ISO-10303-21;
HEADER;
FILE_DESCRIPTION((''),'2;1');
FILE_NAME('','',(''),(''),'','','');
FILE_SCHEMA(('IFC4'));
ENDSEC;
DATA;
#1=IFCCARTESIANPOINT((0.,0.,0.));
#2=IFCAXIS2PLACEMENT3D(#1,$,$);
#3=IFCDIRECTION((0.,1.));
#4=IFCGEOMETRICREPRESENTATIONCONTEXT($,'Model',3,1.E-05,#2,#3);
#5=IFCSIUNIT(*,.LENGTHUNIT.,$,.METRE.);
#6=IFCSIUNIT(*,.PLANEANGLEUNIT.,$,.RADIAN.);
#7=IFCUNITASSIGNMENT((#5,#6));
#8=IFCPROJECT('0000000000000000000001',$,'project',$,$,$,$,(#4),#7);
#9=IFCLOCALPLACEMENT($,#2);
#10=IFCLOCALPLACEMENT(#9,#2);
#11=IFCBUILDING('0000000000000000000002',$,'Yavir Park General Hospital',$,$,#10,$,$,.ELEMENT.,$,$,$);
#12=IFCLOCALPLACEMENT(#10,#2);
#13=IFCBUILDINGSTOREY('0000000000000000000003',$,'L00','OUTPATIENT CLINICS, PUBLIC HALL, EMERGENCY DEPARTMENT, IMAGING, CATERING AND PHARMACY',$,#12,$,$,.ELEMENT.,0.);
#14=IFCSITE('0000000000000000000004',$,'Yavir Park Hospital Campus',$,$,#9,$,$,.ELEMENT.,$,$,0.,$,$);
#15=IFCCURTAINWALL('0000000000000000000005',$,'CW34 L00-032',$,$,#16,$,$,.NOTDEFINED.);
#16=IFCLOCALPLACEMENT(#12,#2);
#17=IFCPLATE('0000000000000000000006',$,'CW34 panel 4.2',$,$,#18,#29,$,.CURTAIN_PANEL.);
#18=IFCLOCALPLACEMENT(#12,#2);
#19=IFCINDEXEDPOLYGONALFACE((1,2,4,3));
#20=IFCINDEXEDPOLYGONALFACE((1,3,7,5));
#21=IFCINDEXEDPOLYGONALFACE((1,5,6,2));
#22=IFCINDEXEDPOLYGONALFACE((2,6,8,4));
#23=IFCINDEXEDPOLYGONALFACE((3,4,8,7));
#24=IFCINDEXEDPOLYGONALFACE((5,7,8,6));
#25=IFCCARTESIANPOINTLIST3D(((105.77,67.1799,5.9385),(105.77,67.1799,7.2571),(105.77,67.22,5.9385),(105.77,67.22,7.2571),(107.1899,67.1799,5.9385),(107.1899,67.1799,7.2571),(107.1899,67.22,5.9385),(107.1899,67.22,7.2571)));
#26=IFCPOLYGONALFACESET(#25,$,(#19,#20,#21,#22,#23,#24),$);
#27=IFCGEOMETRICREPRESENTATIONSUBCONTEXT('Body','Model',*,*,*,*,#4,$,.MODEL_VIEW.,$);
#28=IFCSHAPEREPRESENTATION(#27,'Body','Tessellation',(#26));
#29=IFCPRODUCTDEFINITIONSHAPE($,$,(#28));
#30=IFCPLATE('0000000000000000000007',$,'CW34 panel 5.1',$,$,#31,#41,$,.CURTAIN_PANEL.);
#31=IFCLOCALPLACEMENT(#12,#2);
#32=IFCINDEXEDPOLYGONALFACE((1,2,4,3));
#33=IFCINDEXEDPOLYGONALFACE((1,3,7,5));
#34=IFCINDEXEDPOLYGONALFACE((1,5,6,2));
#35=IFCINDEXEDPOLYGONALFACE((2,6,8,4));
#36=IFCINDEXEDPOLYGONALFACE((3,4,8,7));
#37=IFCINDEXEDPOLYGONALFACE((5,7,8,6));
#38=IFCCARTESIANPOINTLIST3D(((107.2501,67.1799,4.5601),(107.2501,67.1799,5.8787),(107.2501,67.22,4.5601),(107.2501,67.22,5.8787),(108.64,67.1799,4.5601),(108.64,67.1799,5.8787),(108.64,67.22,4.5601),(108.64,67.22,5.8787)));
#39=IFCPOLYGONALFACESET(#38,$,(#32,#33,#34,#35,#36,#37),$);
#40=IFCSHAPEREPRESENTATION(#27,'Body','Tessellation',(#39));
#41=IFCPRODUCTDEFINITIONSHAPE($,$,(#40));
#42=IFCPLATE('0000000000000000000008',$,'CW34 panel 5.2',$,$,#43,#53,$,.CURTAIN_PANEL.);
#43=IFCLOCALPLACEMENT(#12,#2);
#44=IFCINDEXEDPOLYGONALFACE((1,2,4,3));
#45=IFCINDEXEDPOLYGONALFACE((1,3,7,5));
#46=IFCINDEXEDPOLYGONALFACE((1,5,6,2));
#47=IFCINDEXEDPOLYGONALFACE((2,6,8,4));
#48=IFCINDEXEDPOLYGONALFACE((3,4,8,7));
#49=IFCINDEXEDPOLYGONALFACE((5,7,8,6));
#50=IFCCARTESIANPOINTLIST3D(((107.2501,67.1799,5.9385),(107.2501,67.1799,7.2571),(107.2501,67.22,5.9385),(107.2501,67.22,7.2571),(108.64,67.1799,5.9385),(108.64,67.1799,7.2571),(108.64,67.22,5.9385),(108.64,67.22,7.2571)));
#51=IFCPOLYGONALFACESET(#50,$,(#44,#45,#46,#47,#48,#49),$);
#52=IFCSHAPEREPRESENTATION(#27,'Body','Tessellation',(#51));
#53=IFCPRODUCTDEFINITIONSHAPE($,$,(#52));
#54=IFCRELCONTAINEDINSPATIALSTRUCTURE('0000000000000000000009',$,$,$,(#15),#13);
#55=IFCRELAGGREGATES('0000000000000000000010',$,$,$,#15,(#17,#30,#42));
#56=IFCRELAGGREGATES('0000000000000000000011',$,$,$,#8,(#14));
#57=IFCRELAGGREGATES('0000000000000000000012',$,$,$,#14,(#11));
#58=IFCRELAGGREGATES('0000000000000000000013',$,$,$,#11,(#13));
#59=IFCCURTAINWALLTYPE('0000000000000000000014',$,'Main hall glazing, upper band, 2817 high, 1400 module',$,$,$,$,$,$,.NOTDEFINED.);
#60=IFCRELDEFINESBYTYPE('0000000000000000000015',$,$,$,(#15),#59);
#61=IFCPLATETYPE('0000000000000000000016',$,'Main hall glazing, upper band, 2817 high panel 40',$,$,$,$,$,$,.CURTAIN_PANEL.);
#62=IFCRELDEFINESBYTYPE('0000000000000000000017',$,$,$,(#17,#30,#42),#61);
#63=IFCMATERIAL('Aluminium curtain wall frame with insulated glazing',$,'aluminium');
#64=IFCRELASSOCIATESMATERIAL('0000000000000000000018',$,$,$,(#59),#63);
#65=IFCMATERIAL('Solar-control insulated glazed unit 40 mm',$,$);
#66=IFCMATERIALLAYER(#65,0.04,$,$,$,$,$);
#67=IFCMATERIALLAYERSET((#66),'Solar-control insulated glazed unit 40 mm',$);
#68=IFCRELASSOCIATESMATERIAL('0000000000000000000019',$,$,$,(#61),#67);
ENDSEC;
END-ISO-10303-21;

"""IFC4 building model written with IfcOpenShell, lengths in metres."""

from ifc_helpers import new_model, si_unit, direction, frame, origin, origin_2d, place, context, subcontext, project, spatial, rectangle, extrude, material, layer, layer_set, type_object, element, aggregate, save


model = new_model("IFC4")

# Units and contexts
model_context = context("Model", 3, precision=1e-05, world=origin(), true_north=direction((0.0, 1.0)))
body_context = subcontext(model_context, "Body", "Model", "MODEL_VIEW")
ifc_project = project(units=[si_unit("LENGTHUNIT", "METRE"), si_unit("PLANEANGLEUNIT", "RADIAN")], contexts=[model_context])

# Site, building, storey
site_placement = place(None, origin())
site = spatial("IfcSite", under=ifc_project, at=site_placement, Name="Yavir Park Hospital Campus", CompositionType="ELEMENT", RefElevation=0.0)
building_placement = place(site_placement, origin())
building = spatial("IfcBuilding", under=site, at=building_placement, Name="Yavir Park General Hospital", CompositionType="ELEMENT")
storey_placement = place(building_placement, origin())
storey = spatial("IfcBuildingStorey", under=building, at=storey_placement, Name="L00", Description="OUTPATIENT CLINICS, PUBLIC HALL, EMERGENCY DEPARTMENT, IMAGING, CATERING AND PHARMACY", CompositionType="ELEMENT", Elevation=0.0)

# Curtain wall
ifc_material_1 = material(Name="Aluminium curtain wall frame with insulated glazing", Category="aluminium")
curtain_wall_type_1 = type_object("IfcCurtainWallType", Name="Main hall glazing, upper band, 2817 high, 1400 module", PredefinedType="NOTDEFINED", material=ifc_material_1)
curtain_wall_1_placement = place(storey_placement, origin())
curtain_wall_1 = element("IfcCurtainWall", 1, at=curtain_wall_1_placement, inside=storey, type_object=curtain_wall_type_1, Name="CW34 L00-032", PredefinedType="NOTDEFINED")

# Plates
ifc_material_2 = material(Name="Solar-control insulated glazed unit 40 mm")
ifc_layer_1 = layer(ifc_material_2, 0.04)
ifc_layer_set_1 = layer_set([ifc_layer_1], Name="Solar-control insulated glazed unit 40 mm")
plate_type_1 = type_object("IfcPlateType", Name="Main hall glazing, upper band, 2817 high panel 40", PredefinedType="CURTAIN_PANEL", material=ifc_layer_set_1)
plate_1_placement = place(storey_placement, frame((106.48, 67.2, 5.9385), z_axis=(0.0, 0.0, 1.0), x_axis=(1.0, 0.0, 0.0)))
plate_1 = element("IfcPlate", 2, at=plate_1_placement, type_object=plate_type_1, Name="CW34 panel 4.2", PredefinedType="CURTAIN_PANEL", context=body_context, shape_type="SweptSolid", body=[
    extrude(rectangle(XDim=1.4199, YDim=0.04, at=origin_2d()), origin(), (0.0, 0.0, 1.0), 1.3186),
])
plate_2_placement = place(storey_placement, frame((107.9451, 67.2, 4.5601), z_axis=(0.0, 0.0, 1.0), x_axis=(1.0, 0.0, 0.0)))
plate_2 = element("IfcPlate", 3, at=plate_2_placement, type_object=plate_type_1, Name="CW34 panel 5.1", PredefinedType="CURTAIN_PANEL", context=body_context, shape_type="SweptSolid", body=[
    extrude(rectangle(XDim=1.3899, YDim=0.04, at=origin_2d()), origin(), (0.0, 0.0, 1.0), 1.3186),
])
plate_3_placement = place(storey_placement, frame((107.9451, 67.2, 5.9385), z_axis=(0.0, 0.0, 1.0), x_axis=(1.0, 0.0, 0.0)))
plate_3 = element("IfcPlate", 4, at=plate_3_placement, type_object=plate_type_1, Name="CW34 panel 5.2", PredefinedType="CURTAIN_PANEL", context=body_context, shape_type="SweptSolid", body=[
    extrude(rectangle(XDim=1.3899, YDim=0.04, at=origin_2d()), origin(), (0.0, 0.0, 1.0), 1.3186),
])
aggregate(curtain_wall_1, [plate_1, plate_2, plate_3])

save(model, "model.ifc")
